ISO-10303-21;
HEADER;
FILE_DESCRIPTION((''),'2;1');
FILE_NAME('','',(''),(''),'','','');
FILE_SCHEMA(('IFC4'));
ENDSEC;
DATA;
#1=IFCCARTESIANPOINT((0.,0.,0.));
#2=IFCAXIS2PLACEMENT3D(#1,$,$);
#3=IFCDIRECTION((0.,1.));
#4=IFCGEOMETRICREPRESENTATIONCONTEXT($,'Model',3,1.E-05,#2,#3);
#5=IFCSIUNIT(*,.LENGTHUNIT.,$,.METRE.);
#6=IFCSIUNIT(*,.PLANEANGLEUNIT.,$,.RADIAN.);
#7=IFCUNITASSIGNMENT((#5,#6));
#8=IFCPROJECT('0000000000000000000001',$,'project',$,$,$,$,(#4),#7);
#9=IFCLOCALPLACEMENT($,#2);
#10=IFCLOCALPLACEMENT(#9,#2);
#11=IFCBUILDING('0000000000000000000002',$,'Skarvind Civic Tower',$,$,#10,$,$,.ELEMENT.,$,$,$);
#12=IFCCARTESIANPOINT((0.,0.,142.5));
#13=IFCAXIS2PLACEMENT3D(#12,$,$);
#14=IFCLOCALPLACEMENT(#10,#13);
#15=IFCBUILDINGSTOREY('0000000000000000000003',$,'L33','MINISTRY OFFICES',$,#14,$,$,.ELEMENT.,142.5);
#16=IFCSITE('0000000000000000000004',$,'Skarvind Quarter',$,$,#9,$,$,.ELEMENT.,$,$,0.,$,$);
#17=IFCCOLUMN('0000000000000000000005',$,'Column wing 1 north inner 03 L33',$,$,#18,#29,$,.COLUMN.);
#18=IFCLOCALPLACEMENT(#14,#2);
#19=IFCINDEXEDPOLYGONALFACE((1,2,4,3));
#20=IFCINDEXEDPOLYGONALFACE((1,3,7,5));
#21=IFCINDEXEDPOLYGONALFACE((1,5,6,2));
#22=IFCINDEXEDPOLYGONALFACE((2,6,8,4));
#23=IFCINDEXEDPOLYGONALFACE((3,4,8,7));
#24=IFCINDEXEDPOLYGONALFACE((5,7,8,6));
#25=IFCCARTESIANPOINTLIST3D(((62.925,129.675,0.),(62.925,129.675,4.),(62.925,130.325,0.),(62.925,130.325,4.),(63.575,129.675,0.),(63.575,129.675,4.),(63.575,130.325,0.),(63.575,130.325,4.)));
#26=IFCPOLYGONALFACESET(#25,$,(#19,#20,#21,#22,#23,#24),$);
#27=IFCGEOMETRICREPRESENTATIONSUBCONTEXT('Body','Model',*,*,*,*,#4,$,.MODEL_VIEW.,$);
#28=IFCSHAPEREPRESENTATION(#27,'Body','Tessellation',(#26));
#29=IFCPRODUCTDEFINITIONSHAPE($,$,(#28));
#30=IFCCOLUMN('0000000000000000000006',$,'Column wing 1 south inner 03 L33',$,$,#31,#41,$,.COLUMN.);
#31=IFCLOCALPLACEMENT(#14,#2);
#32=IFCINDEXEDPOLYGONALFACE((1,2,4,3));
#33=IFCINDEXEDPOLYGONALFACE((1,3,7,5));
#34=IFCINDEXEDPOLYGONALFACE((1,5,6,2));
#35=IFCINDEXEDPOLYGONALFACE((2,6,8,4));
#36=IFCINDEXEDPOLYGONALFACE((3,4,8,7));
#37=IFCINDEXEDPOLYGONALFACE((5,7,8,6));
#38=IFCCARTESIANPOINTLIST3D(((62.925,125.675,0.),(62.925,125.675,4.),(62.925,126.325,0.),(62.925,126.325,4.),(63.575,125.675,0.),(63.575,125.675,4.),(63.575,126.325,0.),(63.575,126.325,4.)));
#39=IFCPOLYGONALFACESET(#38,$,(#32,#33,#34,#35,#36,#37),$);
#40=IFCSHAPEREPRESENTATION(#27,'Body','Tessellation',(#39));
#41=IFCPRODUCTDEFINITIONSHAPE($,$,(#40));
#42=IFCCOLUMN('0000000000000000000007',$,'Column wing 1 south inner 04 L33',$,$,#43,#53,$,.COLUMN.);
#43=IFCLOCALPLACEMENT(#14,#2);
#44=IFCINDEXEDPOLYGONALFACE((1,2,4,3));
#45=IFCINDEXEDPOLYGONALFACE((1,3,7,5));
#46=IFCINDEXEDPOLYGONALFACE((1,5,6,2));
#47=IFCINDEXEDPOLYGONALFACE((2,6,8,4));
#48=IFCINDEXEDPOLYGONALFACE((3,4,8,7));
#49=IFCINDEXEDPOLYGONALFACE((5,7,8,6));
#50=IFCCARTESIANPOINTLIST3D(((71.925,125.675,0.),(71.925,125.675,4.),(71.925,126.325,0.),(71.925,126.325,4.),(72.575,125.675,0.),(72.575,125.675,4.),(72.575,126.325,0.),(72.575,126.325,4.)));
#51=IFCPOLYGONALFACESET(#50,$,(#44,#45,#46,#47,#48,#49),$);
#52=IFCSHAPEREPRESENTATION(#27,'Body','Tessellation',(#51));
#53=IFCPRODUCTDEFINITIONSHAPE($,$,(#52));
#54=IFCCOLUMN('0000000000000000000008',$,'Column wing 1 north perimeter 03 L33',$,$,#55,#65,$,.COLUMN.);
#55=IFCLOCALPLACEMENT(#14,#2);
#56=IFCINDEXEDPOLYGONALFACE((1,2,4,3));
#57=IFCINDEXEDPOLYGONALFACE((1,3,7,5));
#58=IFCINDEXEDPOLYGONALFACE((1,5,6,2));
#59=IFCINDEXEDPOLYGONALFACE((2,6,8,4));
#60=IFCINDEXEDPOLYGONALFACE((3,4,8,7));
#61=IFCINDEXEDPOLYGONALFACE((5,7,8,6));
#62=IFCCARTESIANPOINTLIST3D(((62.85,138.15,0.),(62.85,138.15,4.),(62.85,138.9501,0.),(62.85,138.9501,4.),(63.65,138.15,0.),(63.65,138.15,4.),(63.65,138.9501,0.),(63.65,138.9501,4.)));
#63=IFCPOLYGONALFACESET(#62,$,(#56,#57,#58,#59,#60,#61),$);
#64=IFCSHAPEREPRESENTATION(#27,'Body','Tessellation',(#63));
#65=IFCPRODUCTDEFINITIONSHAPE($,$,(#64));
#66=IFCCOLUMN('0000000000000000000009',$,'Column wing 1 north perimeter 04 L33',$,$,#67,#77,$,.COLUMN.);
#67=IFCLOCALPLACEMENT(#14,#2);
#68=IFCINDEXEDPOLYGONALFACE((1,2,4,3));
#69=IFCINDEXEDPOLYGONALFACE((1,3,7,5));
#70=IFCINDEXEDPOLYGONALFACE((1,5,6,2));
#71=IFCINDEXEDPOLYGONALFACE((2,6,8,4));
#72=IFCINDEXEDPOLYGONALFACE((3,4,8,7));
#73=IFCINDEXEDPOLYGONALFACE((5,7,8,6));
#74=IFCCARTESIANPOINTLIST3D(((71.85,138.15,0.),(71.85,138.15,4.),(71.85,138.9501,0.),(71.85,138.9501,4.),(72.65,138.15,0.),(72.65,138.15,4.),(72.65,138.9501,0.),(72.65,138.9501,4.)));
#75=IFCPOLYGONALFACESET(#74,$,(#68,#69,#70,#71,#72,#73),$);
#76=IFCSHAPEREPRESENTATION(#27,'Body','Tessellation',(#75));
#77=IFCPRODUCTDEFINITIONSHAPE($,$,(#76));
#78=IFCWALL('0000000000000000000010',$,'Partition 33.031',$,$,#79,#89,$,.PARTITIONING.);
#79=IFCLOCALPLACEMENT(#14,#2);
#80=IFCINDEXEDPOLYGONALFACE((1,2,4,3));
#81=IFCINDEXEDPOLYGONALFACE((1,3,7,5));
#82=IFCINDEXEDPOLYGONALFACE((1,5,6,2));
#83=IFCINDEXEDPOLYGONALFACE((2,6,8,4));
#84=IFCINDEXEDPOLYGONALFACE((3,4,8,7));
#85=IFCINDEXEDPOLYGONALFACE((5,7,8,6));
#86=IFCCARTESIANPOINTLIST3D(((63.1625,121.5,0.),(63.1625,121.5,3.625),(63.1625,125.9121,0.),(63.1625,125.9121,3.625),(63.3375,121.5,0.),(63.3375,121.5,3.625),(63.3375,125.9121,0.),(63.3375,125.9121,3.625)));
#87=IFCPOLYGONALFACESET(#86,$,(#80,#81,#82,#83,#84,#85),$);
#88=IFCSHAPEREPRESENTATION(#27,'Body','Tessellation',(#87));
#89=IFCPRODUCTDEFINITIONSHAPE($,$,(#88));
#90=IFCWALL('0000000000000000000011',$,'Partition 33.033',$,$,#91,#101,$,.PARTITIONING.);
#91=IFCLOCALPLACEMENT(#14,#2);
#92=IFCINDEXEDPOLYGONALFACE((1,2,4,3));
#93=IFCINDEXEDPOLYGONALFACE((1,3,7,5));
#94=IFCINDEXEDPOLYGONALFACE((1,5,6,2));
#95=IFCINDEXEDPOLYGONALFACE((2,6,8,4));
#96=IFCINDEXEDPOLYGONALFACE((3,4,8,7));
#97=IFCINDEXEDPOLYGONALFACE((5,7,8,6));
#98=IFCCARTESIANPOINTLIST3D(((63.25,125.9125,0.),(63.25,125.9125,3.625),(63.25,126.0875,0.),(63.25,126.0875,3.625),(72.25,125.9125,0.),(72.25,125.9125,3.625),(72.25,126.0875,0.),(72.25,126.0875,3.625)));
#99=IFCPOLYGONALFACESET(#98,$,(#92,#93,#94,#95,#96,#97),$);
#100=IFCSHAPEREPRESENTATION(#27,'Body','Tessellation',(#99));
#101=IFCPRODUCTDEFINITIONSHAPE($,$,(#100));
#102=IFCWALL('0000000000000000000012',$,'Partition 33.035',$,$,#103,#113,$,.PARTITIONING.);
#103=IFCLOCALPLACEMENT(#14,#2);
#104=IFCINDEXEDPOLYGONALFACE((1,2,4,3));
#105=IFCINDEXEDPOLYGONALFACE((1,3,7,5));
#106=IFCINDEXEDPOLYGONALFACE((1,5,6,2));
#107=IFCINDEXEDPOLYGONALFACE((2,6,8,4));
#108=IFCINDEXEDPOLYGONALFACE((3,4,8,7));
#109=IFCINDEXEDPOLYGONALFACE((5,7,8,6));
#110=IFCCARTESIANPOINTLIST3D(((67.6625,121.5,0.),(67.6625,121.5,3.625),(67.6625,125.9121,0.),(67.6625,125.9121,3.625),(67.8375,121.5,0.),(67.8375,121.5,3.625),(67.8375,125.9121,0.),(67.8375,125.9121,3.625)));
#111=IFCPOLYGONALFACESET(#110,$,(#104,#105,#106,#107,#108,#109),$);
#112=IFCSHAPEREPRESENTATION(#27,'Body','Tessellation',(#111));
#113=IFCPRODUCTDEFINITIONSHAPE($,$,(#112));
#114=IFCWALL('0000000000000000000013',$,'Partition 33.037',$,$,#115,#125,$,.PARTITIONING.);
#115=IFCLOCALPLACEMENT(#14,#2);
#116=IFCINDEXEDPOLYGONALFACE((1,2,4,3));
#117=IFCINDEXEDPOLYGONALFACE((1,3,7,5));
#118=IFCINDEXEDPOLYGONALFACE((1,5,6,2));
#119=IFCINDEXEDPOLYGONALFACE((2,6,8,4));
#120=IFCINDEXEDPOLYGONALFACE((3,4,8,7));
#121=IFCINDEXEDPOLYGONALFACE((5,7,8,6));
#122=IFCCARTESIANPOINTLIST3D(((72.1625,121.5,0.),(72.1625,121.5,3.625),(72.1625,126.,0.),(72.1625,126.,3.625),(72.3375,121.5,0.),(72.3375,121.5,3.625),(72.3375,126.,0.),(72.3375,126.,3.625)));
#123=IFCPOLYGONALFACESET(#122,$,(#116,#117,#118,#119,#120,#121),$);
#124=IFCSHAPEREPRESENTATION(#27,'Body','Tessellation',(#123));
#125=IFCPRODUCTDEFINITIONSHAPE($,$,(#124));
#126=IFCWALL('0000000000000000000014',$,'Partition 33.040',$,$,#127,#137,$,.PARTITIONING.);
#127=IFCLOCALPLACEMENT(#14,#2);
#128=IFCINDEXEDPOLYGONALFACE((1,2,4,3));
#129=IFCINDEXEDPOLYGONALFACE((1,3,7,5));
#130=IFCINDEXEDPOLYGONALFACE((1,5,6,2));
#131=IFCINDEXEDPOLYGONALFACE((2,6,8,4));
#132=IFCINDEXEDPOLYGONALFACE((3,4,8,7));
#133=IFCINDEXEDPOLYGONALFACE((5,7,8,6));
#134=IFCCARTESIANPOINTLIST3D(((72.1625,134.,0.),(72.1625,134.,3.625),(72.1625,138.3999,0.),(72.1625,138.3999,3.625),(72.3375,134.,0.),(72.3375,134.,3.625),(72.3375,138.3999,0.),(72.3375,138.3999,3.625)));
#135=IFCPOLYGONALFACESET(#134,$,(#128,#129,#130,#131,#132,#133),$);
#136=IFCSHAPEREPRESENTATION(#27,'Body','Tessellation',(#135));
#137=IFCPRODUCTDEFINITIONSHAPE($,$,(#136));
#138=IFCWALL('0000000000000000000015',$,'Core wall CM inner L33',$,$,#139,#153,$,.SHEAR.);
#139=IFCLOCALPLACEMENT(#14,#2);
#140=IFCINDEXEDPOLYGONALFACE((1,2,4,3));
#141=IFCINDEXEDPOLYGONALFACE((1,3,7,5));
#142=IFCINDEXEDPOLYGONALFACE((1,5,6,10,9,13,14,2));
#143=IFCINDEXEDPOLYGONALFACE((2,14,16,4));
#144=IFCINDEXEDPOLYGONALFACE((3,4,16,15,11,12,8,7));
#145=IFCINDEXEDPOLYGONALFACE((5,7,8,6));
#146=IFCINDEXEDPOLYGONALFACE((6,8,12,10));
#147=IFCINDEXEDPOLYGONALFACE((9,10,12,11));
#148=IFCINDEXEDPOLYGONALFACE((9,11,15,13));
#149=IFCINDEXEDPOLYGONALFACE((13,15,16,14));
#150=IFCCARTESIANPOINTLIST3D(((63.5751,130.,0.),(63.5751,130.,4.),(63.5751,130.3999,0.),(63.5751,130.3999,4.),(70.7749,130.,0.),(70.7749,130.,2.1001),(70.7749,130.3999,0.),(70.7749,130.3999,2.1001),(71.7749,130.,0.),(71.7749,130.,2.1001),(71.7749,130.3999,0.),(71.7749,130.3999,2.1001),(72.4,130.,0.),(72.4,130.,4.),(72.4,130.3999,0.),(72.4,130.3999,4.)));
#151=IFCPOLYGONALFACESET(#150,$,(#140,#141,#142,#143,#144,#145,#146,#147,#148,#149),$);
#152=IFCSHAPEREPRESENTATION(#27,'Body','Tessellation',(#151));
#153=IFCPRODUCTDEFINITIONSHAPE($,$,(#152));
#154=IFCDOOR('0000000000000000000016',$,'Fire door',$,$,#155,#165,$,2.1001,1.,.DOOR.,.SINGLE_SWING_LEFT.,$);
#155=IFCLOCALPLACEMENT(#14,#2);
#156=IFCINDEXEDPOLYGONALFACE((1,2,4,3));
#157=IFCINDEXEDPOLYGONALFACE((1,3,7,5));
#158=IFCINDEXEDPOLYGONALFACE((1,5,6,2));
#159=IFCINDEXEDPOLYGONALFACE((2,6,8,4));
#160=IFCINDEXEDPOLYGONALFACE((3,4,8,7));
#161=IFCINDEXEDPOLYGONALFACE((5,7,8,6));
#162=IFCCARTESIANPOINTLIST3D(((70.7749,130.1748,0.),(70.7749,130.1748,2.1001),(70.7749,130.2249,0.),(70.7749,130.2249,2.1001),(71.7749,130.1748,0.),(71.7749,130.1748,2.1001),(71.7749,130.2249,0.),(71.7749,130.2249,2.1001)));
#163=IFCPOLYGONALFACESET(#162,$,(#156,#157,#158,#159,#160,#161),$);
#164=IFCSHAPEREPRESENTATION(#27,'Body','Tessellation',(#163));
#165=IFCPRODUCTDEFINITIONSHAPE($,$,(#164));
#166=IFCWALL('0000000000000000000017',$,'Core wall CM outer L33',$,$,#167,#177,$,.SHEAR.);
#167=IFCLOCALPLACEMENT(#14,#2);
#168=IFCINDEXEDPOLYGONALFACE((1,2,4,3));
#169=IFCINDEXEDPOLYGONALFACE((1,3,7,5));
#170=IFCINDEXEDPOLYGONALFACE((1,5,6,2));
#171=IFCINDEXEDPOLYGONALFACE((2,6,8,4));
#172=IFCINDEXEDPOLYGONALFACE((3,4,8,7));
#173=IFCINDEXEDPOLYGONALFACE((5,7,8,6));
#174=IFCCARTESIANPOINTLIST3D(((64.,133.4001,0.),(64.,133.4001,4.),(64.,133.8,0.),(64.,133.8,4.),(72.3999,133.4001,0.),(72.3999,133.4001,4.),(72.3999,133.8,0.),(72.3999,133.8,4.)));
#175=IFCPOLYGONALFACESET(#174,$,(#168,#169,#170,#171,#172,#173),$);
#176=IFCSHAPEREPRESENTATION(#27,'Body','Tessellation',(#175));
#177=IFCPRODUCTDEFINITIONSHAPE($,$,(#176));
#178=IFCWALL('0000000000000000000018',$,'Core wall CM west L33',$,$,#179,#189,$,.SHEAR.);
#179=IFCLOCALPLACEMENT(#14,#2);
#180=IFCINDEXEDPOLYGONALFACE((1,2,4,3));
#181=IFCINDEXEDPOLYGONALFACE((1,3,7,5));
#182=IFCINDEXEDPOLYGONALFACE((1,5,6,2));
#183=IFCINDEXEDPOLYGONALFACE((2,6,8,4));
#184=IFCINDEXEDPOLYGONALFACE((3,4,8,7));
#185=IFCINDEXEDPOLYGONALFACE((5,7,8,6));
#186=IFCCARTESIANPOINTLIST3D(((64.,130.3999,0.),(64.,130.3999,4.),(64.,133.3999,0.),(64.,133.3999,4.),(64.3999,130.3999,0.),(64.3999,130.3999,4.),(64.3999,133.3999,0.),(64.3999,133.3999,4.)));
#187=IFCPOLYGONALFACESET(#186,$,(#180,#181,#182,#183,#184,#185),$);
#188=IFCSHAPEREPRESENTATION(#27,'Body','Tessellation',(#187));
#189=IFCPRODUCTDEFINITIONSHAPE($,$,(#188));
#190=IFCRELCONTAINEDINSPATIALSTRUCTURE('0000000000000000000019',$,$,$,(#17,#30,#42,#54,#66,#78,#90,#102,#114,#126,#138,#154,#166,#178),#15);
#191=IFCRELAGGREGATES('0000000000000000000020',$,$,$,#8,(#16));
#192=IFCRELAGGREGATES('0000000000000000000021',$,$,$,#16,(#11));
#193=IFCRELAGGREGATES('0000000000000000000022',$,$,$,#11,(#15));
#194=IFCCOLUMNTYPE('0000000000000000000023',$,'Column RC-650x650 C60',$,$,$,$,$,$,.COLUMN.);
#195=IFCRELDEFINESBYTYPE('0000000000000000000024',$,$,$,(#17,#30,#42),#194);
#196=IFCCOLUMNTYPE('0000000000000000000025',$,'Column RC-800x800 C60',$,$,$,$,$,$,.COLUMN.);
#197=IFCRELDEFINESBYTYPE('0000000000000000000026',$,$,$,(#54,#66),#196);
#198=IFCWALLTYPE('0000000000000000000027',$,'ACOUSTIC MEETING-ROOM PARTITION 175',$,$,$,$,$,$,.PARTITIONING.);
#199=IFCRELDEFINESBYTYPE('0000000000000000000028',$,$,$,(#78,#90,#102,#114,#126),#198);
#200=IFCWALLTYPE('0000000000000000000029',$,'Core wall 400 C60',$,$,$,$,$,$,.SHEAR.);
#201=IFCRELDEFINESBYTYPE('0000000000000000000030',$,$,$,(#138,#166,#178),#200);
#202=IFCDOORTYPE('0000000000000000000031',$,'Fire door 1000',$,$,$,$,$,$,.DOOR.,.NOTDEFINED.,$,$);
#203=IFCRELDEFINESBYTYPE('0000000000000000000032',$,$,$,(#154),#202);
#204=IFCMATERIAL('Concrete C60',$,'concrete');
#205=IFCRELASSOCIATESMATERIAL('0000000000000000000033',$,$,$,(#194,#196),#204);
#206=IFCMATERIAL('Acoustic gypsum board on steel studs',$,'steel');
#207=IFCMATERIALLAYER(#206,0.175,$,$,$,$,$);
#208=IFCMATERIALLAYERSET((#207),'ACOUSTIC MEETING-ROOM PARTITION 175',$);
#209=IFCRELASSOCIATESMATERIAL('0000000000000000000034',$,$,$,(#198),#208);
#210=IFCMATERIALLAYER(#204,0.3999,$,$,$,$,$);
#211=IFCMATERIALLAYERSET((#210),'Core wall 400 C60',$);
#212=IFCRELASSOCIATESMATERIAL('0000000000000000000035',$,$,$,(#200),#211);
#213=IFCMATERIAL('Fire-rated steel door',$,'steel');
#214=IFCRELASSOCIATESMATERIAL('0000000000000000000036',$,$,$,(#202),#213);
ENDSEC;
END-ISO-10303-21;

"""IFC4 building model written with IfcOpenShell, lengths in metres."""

from ifc_helpers import new_model, si_unit, direction, frame, frame_2d, origin, origin_2d, place, context, subcontext, project, spatial, rectangle, extrude, material, layer, layer_set, material_profile, profile_set, type_object, element, fill, save


model = new_model("IFC4")

# Units and contexts
model_context = context("Model", 3, precision=1e-05, world=origin(), true_north=direction((0.0, 1.0)))
body_context = subcontext(model_context, "Body", "Model", "MODEL_VIEW")
ifc_project = project(units=[si_unit("LENGTHUNIT", "METRE"), si_unit("PLANEANGLEUNIT", "RADIAN")], contexts=[model_context])

# Site, building, storey
site_placement = place(None, origin())
site = spatial("IfcSite", under=ifc_project, at=site_placement, Name="Skarvind Quarter", CompositionType="ELEMENT", RefElevation=0.0)
building_placement = place(site_placement, origin())
building = spatial("IfcBuilding", under=site, at=building_placement, Name="Skarvind Civic Tower", CompositionType="ELEMENT")
storey_placement = place(building_placement, frame((0.0, 0.0, 142.5)))
storey = spatial("IfcBuildingStorey", under=building, at=storey_placement, Name="L33", Description="MINISTRY OFFICES", CompositionType="ELEMENT", Elevation=142.5)

# Columns
ifc_material_1 = material(Name="Concrete C60", Category="concrete")
ifc_material_profile_1 = material_profile(ifc_material_1, rectangle(XDim=0.6499, YDim=0.6499, at=origin_2d()), Name="RC-650x650")
ifc_profile_set_1 = profile_set([ifc_material_profile_1], Name="Concrete C60")
column_type_1 = type_object("IfcColumnType", Name="Column RC-650x650 C60", PredefinedType="COLUMN", material=ifc_profile_set_1)
for number, where, z_axis, x_axis, name in (
    (1, (63.25, 130.0, 0.0), (0.0, 0.0, 1.0), (1.0, 0.0, 0.0), "Column wing 1 north inner 03 L33"),
    (2, (63.25, 126.0, 0.0), (0.0, 0.0, 1.0), (1.0, 0.0, 0.0), "Column wing 1 south inner 03 L33"),
    (3, (72.25, 126.0, 0.0), (0.0, 0.0, 1.0), (1.0, 0.0, 0.0), "Column wing 1 south inner 04 L33"),
):
    element("IfcColumn", number, at=place(storey_placement, frame(where, z_axis=z_axis, x_axis=x_axis)), inside=storey, type_object=column_type_1, Name=name, PredefinedType="COLUMN", context=body_context, shape_type="SweptSolid", body=[
        extrude(rectangle(XDim=0.6499, YDim=0.6499, at=origin_2d()), origin(), (0.0, 0.0, 1.0), 4.0),
    ])
ifc_material_profile_2 = material_profile(ifc_material_1, rectangle(XDim=0.8, YDim=0.8, at=origin_2d()), Name="RC-800x800")
ifc_profile_set_2 = profile_set([ifc_material_profile_2], Name="Concrete C60")
column_type_2 = type_object("IfcColumnType", Name="Column RC-800x800 C60", PredefinedType="COLUMN", material=ifc_profile_set_2)
for number, where, z_axis, x_axis, name in (
    (4, (63.25, 138.55, 0.0), (0.0, 0.0, 1.0), (1.0, 0.0, 0.0), "Column wing 1 north perimeter 03 L33"),
    (5, (72.25, 138.55, 0.0), (0.0, 0.0, 1.0), (1.0, 0.0, 0.0), "Column wing 1 north perimeter 04 L33"),
):
    element("IfcColumn", number, at=place(storey_placement, frame(where, z_axis=z_axis, x_axis=x_axis)), inside=storey, type_object=column_type_2, Name=name, PredefinedType="COLUMN", context=body_context, shape_type="SweptSolid", body=[
        extrude(rectangle(XDim=0.8, YDim=0.8, at=origin_2d()), origin(), (0.0, 0.0, 1.0), 4.0),
    ])

# Walls
ifc_material_2 = material(Name="Acoustic gypsum board on steel studs", Category="steel")
ifc_layer_1 = layer(ifc_material_2, 0.175)
ifc_layer_set_1 = layer_set([ifc_layer_1], Name="ACOUSTIC MEETING-ROOM PARTITION 175")
wall_type_1 = type_object("IfcWallType", Name="ACOUSTIC MEETING-ROOM PARTITION 175", PredefinedType="PARTITIONING", material=ifc_layer_set_1)
wall_1_placement = place(storey_placement, frame((63.25, 121.5, 0.0), z_axis=(0.0, 0.0, 1.0), x_axis=(0.0, 1.0, 0.0)))
element("IfcWall", 6, at=wall_1_placement, inside=storey, type_object=wall_type_1, Name="Partition 33.031", PredefinedType="PARTITIONING", context=body_context, shape_type="SweptSolid", body=[
    extrude(rectangle(XDim=4.4121, YDim=0.175, at=frame_2d((2.2061, 0.0))), origin(), (0.0, 0.0, 1.0), 3.625),
])
wall_2_placement = place(storey_placement, frame((63.25, 126.0, 0.0), z_axis=(0.0, 0.0, 1.0), x_axis=(1.0, 0.0, 0.0)))
element("IfcWall", 7, at=wall_2_placement, inside=storey, type_object=wall_type_1, Name="Partition 33.033", PredefinedType="PARTITIONING", context=body_context, shape_type="SweptSolid", body=[
    extrude(rectangle(XDim=9.0, YDim=0.175, at=frame_2d((4.5, 0.0))), origin(), (0.0, 0.0, 1.0), 3.625),
])
wall_3_placement = place(storey_placement, frame((67.75, 121.5, 0.0), z_axis=(0.0, 0.0, 1.0), x_axis=(0.0, 1.0, 0.0)))
element("IfcWall", 8, at=wall_3_placement, inside=storey, type_object=wall_type_1, Name="Partition 33.035", PredefinedType="PARTITIONING", context=body_context, shape_type="SweptSolid", body=[
    extrude(rectangle(XDim=4.4121, YDim=0.175, at=frame_2d((2.2061, 0.0))), origin(), (0.0, 0.0, 1.0), 3.625),
])
wall_4_placement = place(storey_placement, frame((72.25, 121.5, 0.0), z_axis=(0.0, 0.0, 1.0), x_axis=(0.0, 1.0, 0.0)))
element("IfcWall", 9, at=wall_4_placement, inside=storey, type_object=wall_type_1, Name="Partition 33.037", PredefinedType="PARTITIONING", context=body_context, shape_type="SweptSolid", body=[
    extrude(rectangle(XDim=4.5, YDim=0.175, at=frame_2d((2.25, 0.0))), origin(), (0.0, 0.0, 1.0), 3.625),
])
wall_5_placement = place(storey_placement, frame((72.25, 134.0, 0.0), z_axis=(0.0, 0.0, 1.0), x_axis=(0.0, 1.0, 0.0)))
element("IfcWall", 10, at=wall_5_placement, inside=storey, type_object=wall_type_1, Name="Partition 33.040", PredefinedType="PARTITIONING", context=body_context, shape_type="SweptSolid", body=[
    extrude(rectangle(XDim=4.3999, YDim=0.175, at=frame_2d((2.2, 0.0))), origin(), (0.0, 0.0, 1.0), 3.625),
])

# Wall, opening, door
ifc_layer_2 = layer(ifc_material_1, 0.3999)
ifc_layer_set_2 = layer_set([ifc_layer_2], Name="Core wall 400 C60")
wall_type_2 = type_object("IfcWallType", Name="Core wall 400 C60", PredefinedType="SHEAR", material=ifc_layer_set_2)
wall_6_placement = place(storey_placement, frame((63.575, 130.2, 0.0), z_axis=(0.0, 0.0, 1.0), x_axis=(1.0, 0.0, 0.0)))
wall_6 = element("IfcWall", 11, at=wall_6_placement, inside=storey, type_object=wall_type_2, Name="Core wall CM inner L33", PredefinedType="SHEAR", context=body_context, shape_type="SweptSolid", body=[
    extrude(rectangle(XDim=8.825, YDim=0.3999, at=frame_2d((4.4126, 0.0))), origin(), (0.0, 0.0, 1.0), 4.0),
])
opening_1_placement = place(wall_6_placement, frame((7.2, 0.0, 0.0)))
opening_1 = element("IfcOpeningElement", 12, at=opening_1_placement, cuts=wall_6, PredefinedType="OPENING", context=body_context, shape_type="SweptSolid", body=[
    extrude(rectangle(XDim=1.0, YDim=2.1001, at=frame_2d((0.5, 1.05))), frame((0.0, 0.21, 0.0), z_axis=(0.0, -1.0, 0.0), x_axis=(1.0, 0.0, 0.0)), (0.0, 0.0, 1.0), 0.4199),
])
ifc_material_3 = material(Name="Fire-rated steel door", Category="steel")
door_type_1 = type_object("IfcDoorType", Name="Fire door 1000", OperationType="NOTDEFINED", PredefinedType="DOOR", material=ifc_material_3)
door_1_placement = place(opening_1_placement, origin())
door_1 = element("IfcDoor", 13, at=door_1_placement, inside=storey, type_object=door_type_1, Name="Fire door", OperationType="SINGLE_SWING_LEFT", OverallHeight=2.1001, OverallWidth=1.0, PredefinedType="DOOR", context=body_context, shape_type="SweptSolid", body=[
    extrude(rectangle(XDim=1.0, YDim=2.1001, at=frame_2d((0.5, 1.05))), frame((0.0, 0.0249, 0.0), z_axis=(0.0, -1.0, 0.0), x_axis=(1.0, 0.0, 0.0)), (0.0, 0.0, 1.0), 0.05),
])
fill(opening_1, door_1)

# Walls
wall_7_placement = place(storey_placement, frame((64.0, 133.6001, 0.0), z_axis=(0.0, 0.0, 1.0), x_axis=(1.0, 0.0, 0.0)))
element("IfcWall", 14, at=wall_7_placement, inside=storey, type_object=wall_type_2, Name="Core wall CM outer L33", PredefinedType="SHEAR", context=body_context, shape_type="SweptSolid", body=[
    extrude(rectangle(XDim=8.3999, YDim=0.3999, at=frame_2d((4.2, 0.0))), origin(), (0.0, 0.0, 1.0), 4.0),
])
for number, where, z_axis, x_axis, name in (
    (15, (64.2, 130.3999, 0.0), (0.0, 0.0, 1.0), (0.0, 1.0, 0.0), "Core wall CM west L33"),
):
    element("IfcWall", number, at=place(storey_placement, frame(where, z_axis=z_axis, x_axis=x_axis)), inside=storey, type_object=wall_type_2, Name=name, PredefinedType="SHEAR", context=body_context, shape_type="SweptSolid", body=[
        extrude(rectangle(XDim=3.0, YDim=0.3999, at=frame_2d((1.5, 0.0))), origin(), (0.0, 0.0, 1.0), 4.0),
    ])

save(model, "model.ifc")
